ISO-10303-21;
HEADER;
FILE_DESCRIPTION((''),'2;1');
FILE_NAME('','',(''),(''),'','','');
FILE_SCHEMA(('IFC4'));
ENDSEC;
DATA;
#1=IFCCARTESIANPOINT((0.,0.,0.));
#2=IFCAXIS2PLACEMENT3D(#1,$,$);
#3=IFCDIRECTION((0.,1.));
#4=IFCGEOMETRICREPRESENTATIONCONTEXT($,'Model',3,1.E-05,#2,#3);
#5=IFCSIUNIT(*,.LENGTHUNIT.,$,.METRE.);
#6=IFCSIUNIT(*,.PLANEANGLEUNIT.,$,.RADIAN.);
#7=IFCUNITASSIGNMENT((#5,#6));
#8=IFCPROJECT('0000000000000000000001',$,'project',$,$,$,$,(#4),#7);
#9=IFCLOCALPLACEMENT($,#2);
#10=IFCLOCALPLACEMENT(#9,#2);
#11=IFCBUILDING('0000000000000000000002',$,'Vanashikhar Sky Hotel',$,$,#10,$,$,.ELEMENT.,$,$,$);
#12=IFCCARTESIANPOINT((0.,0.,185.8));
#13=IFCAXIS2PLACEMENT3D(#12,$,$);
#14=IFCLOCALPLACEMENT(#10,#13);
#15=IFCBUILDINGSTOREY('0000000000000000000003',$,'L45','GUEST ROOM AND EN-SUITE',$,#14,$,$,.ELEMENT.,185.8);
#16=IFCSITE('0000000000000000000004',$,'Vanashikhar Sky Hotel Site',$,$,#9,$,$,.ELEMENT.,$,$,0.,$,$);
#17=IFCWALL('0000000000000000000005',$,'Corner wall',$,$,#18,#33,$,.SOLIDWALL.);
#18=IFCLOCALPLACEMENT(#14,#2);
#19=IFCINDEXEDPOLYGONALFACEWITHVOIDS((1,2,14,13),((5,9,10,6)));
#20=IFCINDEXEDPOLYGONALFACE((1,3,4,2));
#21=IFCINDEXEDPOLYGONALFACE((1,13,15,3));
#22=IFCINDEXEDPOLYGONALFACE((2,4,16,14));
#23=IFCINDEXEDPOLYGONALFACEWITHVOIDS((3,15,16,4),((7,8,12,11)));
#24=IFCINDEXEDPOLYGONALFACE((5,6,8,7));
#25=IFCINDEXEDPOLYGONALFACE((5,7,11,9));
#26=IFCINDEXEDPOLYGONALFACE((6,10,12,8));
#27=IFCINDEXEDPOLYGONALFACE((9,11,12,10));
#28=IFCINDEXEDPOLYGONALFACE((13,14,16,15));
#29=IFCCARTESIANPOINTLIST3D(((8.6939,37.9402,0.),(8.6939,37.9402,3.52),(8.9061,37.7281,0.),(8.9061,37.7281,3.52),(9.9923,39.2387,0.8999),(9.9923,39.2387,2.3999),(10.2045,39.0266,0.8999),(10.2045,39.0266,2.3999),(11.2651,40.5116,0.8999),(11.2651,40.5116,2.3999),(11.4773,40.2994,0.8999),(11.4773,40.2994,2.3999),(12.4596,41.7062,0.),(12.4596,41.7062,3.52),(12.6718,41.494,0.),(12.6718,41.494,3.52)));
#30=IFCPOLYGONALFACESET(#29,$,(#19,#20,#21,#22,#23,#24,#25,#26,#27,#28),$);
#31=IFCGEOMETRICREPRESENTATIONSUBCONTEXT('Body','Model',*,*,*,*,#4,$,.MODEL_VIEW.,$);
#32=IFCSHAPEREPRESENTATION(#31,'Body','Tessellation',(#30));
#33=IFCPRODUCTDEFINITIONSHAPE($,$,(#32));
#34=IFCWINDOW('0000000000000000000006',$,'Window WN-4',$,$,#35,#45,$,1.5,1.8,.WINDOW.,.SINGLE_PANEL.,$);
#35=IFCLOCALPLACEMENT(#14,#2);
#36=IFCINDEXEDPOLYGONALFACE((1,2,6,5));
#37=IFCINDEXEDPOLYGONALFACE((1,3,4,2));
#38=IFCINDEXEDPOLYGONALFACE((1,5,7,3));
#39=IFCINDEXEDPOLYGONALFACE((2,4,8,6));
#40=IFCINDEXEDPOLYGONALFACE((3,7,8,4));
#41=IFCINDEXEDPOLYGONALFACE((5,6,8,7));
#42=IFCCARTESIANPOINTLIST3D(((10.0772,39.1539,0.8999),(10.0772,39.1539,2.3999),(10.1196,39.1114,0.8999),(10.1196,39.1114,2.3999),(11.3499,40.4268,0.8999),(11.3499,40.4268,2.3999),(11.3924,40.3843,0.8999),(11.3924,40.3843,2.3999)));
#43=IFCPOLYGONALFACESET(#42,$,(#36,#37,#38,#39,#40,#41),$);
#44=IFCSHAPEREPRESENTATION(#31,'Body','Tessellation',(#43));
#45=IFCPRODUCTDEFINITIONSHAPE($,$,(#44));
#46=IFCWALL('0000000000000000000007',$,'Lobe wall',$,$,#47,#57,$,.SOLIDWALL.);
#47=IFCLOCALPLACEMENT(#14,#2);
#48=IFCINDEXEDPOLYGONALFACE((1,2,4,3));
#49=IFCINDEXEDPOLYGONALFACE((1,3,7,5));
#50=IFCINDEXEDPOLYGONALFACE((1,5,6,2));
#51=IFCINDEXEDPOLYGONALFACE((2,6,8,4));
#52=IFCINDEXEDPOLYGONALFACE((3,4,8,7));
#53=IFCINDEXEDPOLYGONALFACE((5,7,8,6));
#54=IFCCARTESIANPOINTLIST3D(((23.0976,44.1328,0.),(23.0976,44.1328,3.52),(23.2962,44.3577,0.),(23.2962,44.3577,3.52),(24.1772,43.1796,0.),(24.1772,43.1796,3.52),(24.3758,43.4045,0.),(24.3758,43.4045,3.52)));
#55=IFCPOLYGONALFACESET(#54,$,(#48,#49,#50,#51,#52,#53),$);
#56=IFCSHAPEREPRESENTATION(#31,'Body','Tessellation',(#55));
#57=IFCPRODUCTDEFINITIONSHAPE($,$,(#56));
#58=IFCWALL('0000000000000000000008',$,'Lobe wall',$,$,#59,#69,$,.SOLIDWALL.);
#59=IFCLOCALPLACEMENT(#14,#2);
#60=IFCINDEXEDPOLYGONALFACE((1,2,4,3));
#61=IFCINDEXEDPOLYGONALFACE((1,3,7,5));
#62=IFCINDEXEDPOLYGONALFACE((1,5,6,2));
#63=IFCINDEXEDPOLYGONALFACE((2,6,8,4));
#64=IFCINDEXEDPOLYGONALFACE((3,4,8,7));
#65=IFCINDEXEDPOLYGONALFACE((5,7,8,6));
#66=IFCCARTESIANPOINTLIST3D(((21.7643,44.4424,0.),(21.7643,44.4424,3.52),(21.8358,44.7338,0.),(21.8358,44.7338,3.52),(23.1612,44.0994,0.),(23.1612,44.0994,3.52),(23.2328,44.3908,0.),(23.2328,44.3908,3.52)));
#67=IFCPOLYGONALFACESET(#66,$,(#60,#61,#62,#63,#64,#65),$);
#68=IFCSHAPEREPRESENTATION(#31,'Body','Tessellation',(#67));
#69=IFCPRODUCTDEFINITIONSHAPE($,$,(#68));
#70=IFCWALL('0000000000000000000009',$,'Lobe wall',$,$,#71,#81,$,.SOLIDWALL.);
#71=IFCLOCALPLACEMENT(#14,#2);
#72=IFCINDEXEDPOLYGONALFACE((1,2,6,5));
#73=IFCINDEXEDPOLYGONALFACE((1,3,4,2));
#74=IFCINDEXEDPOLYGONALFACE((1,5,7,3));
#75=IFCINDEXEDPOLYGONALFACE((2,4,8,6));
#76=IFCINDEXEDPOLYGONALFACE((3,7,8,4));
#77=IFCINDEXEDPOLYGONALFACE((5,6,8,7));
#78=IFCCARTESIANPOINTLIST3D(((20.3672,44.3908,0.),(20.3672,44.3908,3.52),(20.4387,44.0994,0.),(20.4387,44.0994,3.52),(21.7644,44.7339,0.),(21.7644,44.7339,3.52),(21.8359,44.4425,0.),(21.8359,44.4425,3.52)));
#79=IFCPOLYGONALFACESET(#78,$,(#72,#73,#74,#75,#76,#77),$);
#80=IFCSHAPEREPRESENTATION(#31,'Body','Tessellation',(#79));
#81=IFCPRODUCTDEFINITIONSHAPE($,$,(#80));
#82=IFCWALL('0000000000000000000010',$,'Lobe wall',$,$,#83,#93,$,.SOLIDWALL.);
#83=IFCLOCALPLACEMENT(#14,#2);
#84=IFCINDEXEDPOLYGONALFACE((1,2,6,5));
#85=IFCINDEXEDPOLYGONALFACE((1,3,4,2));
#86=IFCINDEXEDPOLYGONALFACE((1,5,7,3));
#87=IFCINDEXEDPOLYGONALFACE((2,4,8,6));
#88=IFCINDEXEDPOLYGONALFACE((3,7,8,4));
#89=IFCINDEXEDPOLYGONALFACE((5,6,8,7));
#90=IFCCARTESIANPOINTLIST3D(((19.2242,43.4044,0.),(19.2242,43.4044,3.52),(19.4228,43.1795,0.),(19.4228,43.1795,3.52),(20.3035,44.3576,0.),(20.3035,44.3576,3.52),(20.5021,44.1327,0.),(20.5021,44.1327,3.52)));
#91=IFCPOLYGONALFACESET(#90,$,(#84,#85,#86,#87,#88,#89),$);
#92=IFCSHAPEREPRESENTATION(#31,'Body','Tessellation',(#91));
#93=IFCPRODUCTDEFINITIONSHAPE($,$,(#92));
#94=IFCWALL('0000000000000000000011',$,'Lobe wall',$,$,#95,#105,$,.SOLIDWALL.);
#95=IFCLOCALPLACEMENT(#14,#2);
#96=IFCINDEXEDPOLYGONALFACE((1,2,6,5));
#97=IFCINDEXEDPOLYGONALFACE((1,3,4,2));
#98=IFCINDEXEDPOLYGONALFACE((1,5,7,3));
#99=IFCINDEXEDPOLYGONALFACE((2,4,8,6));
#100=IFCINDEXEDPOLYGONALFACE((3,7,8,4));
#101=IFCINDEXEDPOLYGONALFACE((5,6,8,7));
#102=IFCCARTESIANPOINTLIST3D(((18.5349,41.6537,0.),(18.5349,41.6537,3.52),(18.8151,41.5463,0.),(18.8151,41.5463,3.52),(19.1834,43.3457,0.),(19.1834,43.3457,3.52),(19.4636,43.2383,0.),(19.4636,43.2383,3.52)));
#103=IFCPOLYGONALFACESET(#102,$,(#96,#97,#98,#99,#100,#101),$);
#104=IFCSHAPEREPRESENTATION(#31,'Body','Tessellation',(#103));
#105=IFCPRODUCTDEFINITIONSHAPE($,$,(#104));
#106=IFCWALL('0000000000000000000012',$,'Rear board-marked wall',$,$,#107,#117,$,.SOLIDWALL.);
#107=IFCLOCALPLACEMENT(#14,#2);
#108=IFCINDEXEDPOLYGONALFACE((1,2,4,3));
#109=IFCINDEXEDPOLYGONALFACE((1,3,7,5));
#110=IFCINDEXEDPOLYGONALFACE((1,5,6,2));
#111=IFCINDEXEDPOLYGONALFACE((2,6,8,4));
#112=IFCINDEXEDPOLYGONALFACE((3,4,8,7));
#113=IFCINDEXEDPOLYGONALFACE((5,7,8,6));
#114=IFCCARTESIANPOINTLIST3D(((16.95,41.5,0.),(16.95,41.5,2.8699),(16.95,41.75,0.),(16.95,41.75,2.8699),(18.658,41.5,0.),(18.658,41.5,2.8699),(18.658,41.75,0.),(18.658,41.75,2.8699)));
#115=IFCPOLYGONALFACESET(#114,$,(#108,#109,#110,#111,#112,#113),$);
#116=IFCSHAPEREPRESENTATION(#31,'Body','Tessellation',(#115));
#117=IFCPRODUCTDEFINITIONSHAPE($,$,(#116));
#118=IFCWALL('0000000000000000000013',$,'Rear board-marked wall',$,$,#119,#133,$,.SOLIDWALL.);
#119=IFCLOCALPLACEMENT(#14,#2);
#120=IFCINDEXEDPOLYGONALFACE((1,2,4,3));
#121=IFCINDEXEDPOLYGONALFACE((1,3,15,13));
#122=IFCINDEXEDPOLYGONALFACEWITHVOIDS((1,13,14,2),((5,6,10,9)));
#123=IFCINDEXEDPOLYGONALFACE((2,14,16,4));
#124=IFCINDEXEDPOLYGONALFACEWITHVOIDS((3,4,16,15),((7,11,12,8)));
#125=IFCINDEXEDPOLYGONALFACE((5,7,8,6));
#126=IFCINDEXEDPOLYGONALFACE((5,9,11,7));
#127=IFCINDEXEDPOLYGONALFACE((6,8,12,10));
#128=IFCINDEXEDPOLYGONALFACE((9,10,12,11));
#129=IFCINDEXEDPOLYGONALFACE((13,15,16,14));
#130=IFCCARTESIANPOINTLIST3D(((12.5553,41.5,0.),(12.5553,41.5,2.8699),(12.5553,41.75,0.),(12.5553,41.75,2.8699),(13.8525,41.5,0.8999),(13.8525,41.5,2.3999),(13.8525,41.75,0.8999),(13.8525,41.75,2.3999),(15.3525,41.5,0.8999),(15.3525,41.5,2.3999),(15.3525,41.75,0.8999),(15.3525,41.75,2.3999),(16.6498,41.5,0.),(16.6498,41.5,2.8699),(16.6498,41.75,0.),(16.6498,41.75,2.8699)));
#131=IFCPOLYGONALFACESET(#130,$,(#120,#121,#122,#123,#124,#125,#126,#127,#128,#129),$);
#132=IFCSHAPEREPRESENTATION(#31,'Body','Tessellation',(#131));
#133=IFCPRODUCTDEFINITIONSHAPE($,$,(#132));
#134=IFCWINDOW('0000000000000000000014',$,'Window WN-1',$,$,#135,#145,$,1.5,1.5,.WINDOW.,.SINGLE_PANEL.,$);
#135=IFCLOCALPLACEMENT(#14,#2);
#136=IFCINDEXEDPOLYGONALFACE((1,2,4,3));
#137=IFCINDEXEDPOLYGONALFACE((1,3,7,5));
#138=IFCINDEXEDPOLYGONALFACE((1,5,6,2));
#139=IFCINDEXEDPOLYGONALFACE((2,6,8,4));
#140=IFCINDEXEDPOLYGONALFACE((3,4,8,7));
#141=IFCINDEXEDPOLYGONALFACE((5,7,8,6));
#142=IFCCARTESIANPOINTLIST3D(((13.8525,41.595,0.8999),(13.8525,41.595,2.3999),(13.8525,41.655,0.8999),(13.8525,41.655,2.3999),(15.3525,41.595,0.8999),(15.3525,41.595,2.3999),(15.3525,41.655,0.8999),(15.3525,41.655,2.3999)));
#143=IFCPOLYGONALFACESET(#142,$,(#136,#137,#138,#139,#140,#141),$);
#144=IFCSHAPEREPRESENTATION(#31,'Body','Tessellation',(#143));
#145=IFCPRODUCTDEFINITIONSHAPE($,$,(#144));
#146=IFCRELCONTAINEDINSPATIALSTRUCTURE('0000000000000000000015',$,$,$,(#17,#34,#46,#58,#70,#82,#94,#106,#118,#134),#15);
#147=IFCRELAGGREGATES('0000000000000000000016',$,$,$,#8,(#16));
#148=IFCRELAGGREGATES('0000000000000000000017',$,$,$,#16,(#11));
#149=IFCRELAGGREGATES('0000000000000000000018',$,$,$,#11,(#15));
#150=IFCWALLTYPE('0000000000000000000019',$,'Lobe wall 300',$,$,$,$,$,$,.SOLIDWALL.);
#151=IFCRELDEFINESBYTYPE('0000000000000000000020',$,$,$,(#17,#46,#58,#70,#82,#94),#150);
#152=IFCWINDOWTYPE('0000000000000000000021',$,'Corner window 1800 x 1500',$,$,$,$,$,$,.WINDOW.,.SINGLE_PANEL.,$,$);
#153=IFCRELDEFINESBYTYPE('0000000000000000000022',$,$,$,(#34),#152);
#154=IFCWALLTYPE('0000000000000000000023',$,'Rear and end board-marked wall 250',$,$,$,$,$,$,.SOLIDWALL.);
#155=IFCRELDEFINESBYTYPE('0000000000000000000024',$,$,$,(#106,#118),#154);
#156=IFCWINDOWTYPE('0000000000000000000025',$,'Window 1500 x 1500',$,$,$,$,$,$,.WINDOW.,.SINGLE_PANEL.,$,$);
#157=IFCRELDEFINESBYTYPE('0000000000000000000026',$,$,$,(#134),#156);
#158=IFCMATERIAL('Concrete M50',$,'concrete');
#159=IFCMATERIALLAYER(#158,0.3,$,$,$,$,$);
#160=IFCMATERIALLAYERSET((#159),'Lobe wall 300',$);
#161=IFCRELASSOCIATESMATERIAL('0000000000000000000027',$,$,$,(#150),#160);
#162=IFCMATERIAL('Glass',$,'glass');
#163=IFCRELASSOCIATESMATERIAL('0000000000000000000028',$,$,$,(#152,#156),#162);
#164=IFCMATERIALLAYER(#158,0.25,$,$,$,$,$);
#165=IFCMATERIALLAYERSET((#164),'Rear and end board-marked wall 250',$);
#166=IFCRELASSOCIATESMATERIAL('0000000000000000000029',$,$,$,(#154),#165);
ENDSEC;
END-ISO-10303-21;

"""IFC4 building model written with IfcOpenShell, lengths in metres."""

from ifc_helpers import new_model, si_unit, direction, frame, frame_2d, origin, place, context, subcontext, project, spatial, rectangle, extrude, source, transform, mapped, material, layer, layer_set, type_object, element, fill, save


model = new_model("IFC4")

# Units and contexts
model_context = context("Model", 3, precision=1e-05, world=origin(), true_north=direction((0.0, 1.0)))
body_context = subcontext(model_context, "Body", "Model", "MODEL_VIEW")
ifc_project = project(units=[si_unit("LENGTHUNIT", "METRE"), si_unit("PLANEANGLEUNIT", "RADIAN")], contexts=[model_context])

# Site, building, storey
site_placement = place(None, origin())
site = spatial("IfcSite", under=ifc_project, at=site_placement, Name="Vanashikhar Sky Hotel Site", CompositionType="ELEMENT", RefElevation=0.0)
building_placement = place(site_placement, origin())
building = spatial("IfcBuilding", under=site, at=building_placement, Name="Vanashikhar Sky Hotel", CompositionType="ELEMENT")
storey_placement = place(building_placement, frame((0.0, 0.0, 185.8)))
storey = spatial("IfcBuildingStorey", under=building, at=storey_placement, Name="L45", Description="GUEST ROOM AND EN-SUITE", CompositionType="ELEMENT", Elevation=185.8)

# Wall, opening, window
ifc_material_1 = material(Name="Concrete M50", Category="concrete")
ifc_layer_1 = layer(ifc_material_1, 0.3)
ifc_layer_set_1 = layer_set([ifc_layer_1], Name="Lobe wall 300")
wall_type_1 = type_object("IfcWallType", Name="Lobe wall 300", PredefinedType="SOLIDWALL", material=ifc_layer_set_1)
shared_shape_1 = source(origin(), body_context, "Body", "SweptSolid", [
    extrude(rectangle(XDim=5.3257, YDim=0.3, at=frame_2d((2.6628, 0.0))), origin(), (0.0, 0.0, 1.0), 3.52),
])
wall_1_placement = place(storey_placement, frame((12.5657, 41.6001, 0.0), z_axis=(0.0, 0.0, 1.0), x_axis=(-0.707084, -0.70713, 0.0)))
wall_1 = element("IfcWall", 1, at=wall_1_placement, inside=storey, type_object=wall_type_1, Name="Corner wall", PredefinedType="SOLIDWALL", context=body_context, shape_type="MappedRepresentation", body=[
    mapped(shared_shape_1, transform((0.0, 0.0, 0.0), scale=1.0)),
])
shared_shape_2 = source(origin(), body_context, "Body", "SweptSolid", [
    extrude(rectangle(XDim=1.8, YDim=1.5, at=frame_2d((0.8999, 0.75))), frame((0.0, 0.1602, 0.0), z_axis=(0.0, -1.0, 0.0), x_axis=(1.0, 0.0, 0.0)), (0.0, 0.0, 1.0), 0.3201),
])
opening_1_placement = place(wall_1_placement, frame((1.6895, 0.0, 0.8999)))
opening_1 = element("IfcOpeningElement", 2, at=opening_1_placement, cuts=wall_1, PredefinedType="OPENING", context=body_context, shape_type="MappedRepresentation", body=[
    mapped(shared_shape_2, transform((0.0, 0.0, 0.0), scale=1.0)),
])
ifc_material_2 = material(Name="Glass", Category="glass")
window_type_1 = type_object("IfcWindowType", Name="Corner window 1800 x 1500", PartitioningType="SINGLE_PANEL", PredefinedType="WINDOW", material=ifc_material_2)
shared_shape_3 = source(origin(), body_context, "Body", "SweptSolid", [
    extrude(rectangle(XDim=1.8, YDim=1.5, at=frame_2d((0.8999, 0.75))), frame((0.0, 0.03, 0.0), z_axis=(0.0, -1.0, 0.0), x_axis=(1.0, 0.0, 0.0)), (0.0, 0.0, 1.0), 0.0601),
])
window_1_placement = place(opening_1_placement, origin())
window_1 = element("IfcWindow", 3, at=window_1_placement, inside=storey, type_object=window_type_1, Name="Window WN-4", OverallHeight=1.5, OverallWidth=1.8, PartitioningType="SINGLE_PANEL", PredefinedType="WINDOW", context=body_context, shape_type="MappedRepresentation", body=[
    mapped(shared_shape_3, transform((0.0, 0.0, 0.0), scale=1.0)),
])
fill(opening_1, window_1)

# Walls
shared_shape_4 = source(origin(), body_context, "Body", "SweptSolid", [
    extrude(rectangle(XDim=1.4402, YDim=0.3, at=frame_2d((0.7202, 0.0))), origin(), (0.0, 0.0, 1.0), 3.52),
])
wall_2_placement = place(storey_placement, frame((24.2766, 43.292, 0.0), z_axis=(0.0, 0.0, 1.0), x_axis=(-0.74965, 0.661835, 0.0)))
element("IfcWall", 4, at=wall_2_placement, inside=storey, type_object=wall_type_1, Name="Lobe wall", PredefinedType="SOLIDWALL", context=body_context, shape_type="MappedRepresentation", body=[
    mapped(shared_shape_4, transform((0.0, 0.0, 0.0), scale=1.0)),
])
shared_shape_5 = source(origin(), body_context, "Body", "SweptSolid", [
    extrude(rectangle(XDim=1.4385, YDim=0.3, at=frame_2d((0.7192, 0.0))), origin(), (0.0, 0.0, 1.0), 3.52),
])
wall_3_placement = place(storey_placement, frame((23.197, 44.2451, 0.0), z_axis=(0.0, 0.0, 1.0), x_axis=(-0.971152, 0.23846, 0.0)))
element("IfcWall", 5, at=wall_3_placement, inside=storey, type_object=wall_type_1, Name="Lobe wall", PredefinedType="SOLIDWALL", context=body_context, shape_type="MappedRepresentation", body=[
    mapped(shared_shape_5, transform((0.0, 0.0, 0.0), scale=1.0)),
])
shared_shape_6 = source(origin(), body_context, "Body", "SweptSolid", [
    extrude(rectangle(XDim=1.4387, YDim=0.3, at=frame_2d((0.7192, 0.0))), origin(), (0.0, 0.0, 1.0), 3.52),
])
wall_4_placement = place(storey_placement, frame((21.8, 44.5881, 0.0), z_axis=(0.0, 0.0, 1.0), x_axis=(-0.971162, -0.238421, 0.0)))
element("IfcWall", 6, at=wall_4_placement, inside=storey, type_object=wall_type_1, Name="Lobe wall", PredefinedType="SOLIDWALL", context=body_context, shape_type="MappedRepresentation", body=[
    mapped(shared_shape_6, transform((0.0, 0.0, 0.0), scale=1.0)),
])
shared_shape_7 = source(origin(), body_context, "Body", "SweptSolid", [
    extrude(rectangle(XDim=1.4399, YDim=0.3, at=frame_2d((0.72, 0.0))), origin(), (0.0, 0.0, 1.0), 3.52),
])
wall_5_placement = place(storey_placement, frame((20.4028, 44.2451, 0.0), z_axis=(0.0, 0.0, 1.0), x_axis=(-0.749576, -0.661919, 0.0)))
element("IfcWall", 7, at=wall_5_placement, inside=storey, type_object=wall_type_1, Name="Lobe wall", PredefinedType="SOLIDWALL", context=body_context, shape_type="MappedRepresentation", body=[
    mapped(shared_shape_7, transform((0.0, 0.0, 0.0), scale=1.0)),
])
shared_shape_8 = source(origin(), body_context, "Body", "SweptSolid", [
    extrude(rectangle(XDim=1.812, YDim=0.3, at=frame_2d((0.906, 0.0))), origin(), (0.0, 0.0, 1.0), 3.52),
])
wall_6_placement = place(storey_placement, frame((19.3235, 43.292, 0.0), z_axis=(0.0, 0.0, 1.0), x_axis=(-0.357877, -0.933769, 0.0)))
element("IfcWall", 8, at=wall_6_placement, inside=storey, type_object=wall_type_1, Name="Lobe wall", PredefinedType="SOLIDWALL", context=body_context, shape_type="MappedRepresentation", body=[
    mapped(shared_shape_8, transform((0.0, 0.0, 0.0), scale=1.0)),
])
ifc_layer_2 = layer(ifc_material_1, 0.25)
ifc_layer_set_2 = layer_set([ifc_layer_2], Name="Rear and end board-marked wall 250")
wall_type_2 = type_object("IfcWallType", Name="Rear and end board-marked wall 250", PredefinedType="SOLIDWALL", material=ifc_layer_set_2)
shared_shape_9 = source(origin(), body_context, "Body", "SweptSolid", [
    extrude(rectangle(XDim=1.708, YDim=0.25, at=frame_2d((0.854, 0.0))), origin(), (0.0, 0.0, 1.0), 2.8699),
])
wall_7_placement = place(storey_placement, frame((18.658, 41.625, 0.0), z_axis=(0.0, 0.0, 1.0), x_axis=(-1.0, 0.0, 0.0)))
element("IfcWall", 9, at=wall_7_placement, inside=storey, type_object=wall_type_2, Name="Rear board-marked wall", PredefinedType="SOLIDWALL", context=body_context, shape_type="MappedRepresentation", body=[
    mapped(shared_shape_9, transform((0.0, 0.0, 0.0), scale=1.0)),
])

# Wall, opening, window
shared_shape_10 = source(origin(), body_context, "Body", "SweptSolid", [
    extrude(rectangle(XDim=4.0945, YDim=0.25, at=frame_2d((2.0474, 0.0))), origin(), (0.0, 0.0, 1.0), 2.8699),
])
wall_8_placement = place(storey_placement, frame((16.6499, 41.625, 0.0), z_axis=(0.0, 0.0, 1.0), x_axis=(-1.0, 0.0, 0.0)))
wall_8 = element("IfcWall", 10, at=wall_8_placement, inside=storey, type_object=wall_type_2, Name="Rear board-marked wall", PredefinedType="SOLIDWALL", context=body_context, shape_type="MappedRepresentation", body=[
    mapped(shared_shape_10, transform((0.0, 0.0, 0.0), scale=1.0)),
])
shared_shape_11 = source(origin(), body_context, "Body", "SweptSolid", [
    extrude(rectangle(XDim=1.5, YDim=1.5, at=frame_2d((0.75, 0.75))), frame((0.0, 0.135, 0.0), z_axis=(0.0, -1.0, 0.0), x_axis=(1.0, 0.0, 0.0)), (0.0, 0.0, 1.0), 0.27),
])
opening_2_placement = place(wall_8_placement, frame((1.2974, 0.0, 0.8999)))
opening_2 = element("IfcOpeningElement", 11, at=opening_2_placement, cuts=wall_8, PredefinedType="OPENING", context=body_context, shape_type="MappedRepresentation", body=[
    mapped(shared_shape_11, transform((0.0, 0.0, 0.0), scale=1.0)),
])
window_type_2 = type_object("IfcWindowType", Name="Window 1500 x 1500", PartitioningType="SINGLE_PANEL", PredefinedType="WINDOW", material=ifc_material_2)
shared_shape_12 = source(origin(), body_context, "Body", "SweptSolid", [
    extrude(rectangle(XDim=1.5, YDim=1.5, at=frame_2d((0.75, 0.75))), frame((0.0, 0.03, 0.0), z_axis=(0.0, -1.0, 0.0), x_axis=(1.0, 0.0, 0.0)), (0.0, 0.0, 1.0), 0.0601),
])
window_2_placement = place(opening_2_placement, origin())
window_2 = element("IfcWindow", 12, at=window_2_placement, inside=storey, type_object=window_type_2, Name="Window WN-1", OverallHeight=1.5, OverallWidth=1.5, PartitioningType="SINGLE_PANEL", PredefinedType="WINDOW", context=body_context, shape_type="MappedRepresentation", body=[
    mapped(shared_shape_12, transform((0.0, 0.0, 0.0), scale=1.0)),
])
fill(opening_2, window_2)

save(model, "model.ifc")
